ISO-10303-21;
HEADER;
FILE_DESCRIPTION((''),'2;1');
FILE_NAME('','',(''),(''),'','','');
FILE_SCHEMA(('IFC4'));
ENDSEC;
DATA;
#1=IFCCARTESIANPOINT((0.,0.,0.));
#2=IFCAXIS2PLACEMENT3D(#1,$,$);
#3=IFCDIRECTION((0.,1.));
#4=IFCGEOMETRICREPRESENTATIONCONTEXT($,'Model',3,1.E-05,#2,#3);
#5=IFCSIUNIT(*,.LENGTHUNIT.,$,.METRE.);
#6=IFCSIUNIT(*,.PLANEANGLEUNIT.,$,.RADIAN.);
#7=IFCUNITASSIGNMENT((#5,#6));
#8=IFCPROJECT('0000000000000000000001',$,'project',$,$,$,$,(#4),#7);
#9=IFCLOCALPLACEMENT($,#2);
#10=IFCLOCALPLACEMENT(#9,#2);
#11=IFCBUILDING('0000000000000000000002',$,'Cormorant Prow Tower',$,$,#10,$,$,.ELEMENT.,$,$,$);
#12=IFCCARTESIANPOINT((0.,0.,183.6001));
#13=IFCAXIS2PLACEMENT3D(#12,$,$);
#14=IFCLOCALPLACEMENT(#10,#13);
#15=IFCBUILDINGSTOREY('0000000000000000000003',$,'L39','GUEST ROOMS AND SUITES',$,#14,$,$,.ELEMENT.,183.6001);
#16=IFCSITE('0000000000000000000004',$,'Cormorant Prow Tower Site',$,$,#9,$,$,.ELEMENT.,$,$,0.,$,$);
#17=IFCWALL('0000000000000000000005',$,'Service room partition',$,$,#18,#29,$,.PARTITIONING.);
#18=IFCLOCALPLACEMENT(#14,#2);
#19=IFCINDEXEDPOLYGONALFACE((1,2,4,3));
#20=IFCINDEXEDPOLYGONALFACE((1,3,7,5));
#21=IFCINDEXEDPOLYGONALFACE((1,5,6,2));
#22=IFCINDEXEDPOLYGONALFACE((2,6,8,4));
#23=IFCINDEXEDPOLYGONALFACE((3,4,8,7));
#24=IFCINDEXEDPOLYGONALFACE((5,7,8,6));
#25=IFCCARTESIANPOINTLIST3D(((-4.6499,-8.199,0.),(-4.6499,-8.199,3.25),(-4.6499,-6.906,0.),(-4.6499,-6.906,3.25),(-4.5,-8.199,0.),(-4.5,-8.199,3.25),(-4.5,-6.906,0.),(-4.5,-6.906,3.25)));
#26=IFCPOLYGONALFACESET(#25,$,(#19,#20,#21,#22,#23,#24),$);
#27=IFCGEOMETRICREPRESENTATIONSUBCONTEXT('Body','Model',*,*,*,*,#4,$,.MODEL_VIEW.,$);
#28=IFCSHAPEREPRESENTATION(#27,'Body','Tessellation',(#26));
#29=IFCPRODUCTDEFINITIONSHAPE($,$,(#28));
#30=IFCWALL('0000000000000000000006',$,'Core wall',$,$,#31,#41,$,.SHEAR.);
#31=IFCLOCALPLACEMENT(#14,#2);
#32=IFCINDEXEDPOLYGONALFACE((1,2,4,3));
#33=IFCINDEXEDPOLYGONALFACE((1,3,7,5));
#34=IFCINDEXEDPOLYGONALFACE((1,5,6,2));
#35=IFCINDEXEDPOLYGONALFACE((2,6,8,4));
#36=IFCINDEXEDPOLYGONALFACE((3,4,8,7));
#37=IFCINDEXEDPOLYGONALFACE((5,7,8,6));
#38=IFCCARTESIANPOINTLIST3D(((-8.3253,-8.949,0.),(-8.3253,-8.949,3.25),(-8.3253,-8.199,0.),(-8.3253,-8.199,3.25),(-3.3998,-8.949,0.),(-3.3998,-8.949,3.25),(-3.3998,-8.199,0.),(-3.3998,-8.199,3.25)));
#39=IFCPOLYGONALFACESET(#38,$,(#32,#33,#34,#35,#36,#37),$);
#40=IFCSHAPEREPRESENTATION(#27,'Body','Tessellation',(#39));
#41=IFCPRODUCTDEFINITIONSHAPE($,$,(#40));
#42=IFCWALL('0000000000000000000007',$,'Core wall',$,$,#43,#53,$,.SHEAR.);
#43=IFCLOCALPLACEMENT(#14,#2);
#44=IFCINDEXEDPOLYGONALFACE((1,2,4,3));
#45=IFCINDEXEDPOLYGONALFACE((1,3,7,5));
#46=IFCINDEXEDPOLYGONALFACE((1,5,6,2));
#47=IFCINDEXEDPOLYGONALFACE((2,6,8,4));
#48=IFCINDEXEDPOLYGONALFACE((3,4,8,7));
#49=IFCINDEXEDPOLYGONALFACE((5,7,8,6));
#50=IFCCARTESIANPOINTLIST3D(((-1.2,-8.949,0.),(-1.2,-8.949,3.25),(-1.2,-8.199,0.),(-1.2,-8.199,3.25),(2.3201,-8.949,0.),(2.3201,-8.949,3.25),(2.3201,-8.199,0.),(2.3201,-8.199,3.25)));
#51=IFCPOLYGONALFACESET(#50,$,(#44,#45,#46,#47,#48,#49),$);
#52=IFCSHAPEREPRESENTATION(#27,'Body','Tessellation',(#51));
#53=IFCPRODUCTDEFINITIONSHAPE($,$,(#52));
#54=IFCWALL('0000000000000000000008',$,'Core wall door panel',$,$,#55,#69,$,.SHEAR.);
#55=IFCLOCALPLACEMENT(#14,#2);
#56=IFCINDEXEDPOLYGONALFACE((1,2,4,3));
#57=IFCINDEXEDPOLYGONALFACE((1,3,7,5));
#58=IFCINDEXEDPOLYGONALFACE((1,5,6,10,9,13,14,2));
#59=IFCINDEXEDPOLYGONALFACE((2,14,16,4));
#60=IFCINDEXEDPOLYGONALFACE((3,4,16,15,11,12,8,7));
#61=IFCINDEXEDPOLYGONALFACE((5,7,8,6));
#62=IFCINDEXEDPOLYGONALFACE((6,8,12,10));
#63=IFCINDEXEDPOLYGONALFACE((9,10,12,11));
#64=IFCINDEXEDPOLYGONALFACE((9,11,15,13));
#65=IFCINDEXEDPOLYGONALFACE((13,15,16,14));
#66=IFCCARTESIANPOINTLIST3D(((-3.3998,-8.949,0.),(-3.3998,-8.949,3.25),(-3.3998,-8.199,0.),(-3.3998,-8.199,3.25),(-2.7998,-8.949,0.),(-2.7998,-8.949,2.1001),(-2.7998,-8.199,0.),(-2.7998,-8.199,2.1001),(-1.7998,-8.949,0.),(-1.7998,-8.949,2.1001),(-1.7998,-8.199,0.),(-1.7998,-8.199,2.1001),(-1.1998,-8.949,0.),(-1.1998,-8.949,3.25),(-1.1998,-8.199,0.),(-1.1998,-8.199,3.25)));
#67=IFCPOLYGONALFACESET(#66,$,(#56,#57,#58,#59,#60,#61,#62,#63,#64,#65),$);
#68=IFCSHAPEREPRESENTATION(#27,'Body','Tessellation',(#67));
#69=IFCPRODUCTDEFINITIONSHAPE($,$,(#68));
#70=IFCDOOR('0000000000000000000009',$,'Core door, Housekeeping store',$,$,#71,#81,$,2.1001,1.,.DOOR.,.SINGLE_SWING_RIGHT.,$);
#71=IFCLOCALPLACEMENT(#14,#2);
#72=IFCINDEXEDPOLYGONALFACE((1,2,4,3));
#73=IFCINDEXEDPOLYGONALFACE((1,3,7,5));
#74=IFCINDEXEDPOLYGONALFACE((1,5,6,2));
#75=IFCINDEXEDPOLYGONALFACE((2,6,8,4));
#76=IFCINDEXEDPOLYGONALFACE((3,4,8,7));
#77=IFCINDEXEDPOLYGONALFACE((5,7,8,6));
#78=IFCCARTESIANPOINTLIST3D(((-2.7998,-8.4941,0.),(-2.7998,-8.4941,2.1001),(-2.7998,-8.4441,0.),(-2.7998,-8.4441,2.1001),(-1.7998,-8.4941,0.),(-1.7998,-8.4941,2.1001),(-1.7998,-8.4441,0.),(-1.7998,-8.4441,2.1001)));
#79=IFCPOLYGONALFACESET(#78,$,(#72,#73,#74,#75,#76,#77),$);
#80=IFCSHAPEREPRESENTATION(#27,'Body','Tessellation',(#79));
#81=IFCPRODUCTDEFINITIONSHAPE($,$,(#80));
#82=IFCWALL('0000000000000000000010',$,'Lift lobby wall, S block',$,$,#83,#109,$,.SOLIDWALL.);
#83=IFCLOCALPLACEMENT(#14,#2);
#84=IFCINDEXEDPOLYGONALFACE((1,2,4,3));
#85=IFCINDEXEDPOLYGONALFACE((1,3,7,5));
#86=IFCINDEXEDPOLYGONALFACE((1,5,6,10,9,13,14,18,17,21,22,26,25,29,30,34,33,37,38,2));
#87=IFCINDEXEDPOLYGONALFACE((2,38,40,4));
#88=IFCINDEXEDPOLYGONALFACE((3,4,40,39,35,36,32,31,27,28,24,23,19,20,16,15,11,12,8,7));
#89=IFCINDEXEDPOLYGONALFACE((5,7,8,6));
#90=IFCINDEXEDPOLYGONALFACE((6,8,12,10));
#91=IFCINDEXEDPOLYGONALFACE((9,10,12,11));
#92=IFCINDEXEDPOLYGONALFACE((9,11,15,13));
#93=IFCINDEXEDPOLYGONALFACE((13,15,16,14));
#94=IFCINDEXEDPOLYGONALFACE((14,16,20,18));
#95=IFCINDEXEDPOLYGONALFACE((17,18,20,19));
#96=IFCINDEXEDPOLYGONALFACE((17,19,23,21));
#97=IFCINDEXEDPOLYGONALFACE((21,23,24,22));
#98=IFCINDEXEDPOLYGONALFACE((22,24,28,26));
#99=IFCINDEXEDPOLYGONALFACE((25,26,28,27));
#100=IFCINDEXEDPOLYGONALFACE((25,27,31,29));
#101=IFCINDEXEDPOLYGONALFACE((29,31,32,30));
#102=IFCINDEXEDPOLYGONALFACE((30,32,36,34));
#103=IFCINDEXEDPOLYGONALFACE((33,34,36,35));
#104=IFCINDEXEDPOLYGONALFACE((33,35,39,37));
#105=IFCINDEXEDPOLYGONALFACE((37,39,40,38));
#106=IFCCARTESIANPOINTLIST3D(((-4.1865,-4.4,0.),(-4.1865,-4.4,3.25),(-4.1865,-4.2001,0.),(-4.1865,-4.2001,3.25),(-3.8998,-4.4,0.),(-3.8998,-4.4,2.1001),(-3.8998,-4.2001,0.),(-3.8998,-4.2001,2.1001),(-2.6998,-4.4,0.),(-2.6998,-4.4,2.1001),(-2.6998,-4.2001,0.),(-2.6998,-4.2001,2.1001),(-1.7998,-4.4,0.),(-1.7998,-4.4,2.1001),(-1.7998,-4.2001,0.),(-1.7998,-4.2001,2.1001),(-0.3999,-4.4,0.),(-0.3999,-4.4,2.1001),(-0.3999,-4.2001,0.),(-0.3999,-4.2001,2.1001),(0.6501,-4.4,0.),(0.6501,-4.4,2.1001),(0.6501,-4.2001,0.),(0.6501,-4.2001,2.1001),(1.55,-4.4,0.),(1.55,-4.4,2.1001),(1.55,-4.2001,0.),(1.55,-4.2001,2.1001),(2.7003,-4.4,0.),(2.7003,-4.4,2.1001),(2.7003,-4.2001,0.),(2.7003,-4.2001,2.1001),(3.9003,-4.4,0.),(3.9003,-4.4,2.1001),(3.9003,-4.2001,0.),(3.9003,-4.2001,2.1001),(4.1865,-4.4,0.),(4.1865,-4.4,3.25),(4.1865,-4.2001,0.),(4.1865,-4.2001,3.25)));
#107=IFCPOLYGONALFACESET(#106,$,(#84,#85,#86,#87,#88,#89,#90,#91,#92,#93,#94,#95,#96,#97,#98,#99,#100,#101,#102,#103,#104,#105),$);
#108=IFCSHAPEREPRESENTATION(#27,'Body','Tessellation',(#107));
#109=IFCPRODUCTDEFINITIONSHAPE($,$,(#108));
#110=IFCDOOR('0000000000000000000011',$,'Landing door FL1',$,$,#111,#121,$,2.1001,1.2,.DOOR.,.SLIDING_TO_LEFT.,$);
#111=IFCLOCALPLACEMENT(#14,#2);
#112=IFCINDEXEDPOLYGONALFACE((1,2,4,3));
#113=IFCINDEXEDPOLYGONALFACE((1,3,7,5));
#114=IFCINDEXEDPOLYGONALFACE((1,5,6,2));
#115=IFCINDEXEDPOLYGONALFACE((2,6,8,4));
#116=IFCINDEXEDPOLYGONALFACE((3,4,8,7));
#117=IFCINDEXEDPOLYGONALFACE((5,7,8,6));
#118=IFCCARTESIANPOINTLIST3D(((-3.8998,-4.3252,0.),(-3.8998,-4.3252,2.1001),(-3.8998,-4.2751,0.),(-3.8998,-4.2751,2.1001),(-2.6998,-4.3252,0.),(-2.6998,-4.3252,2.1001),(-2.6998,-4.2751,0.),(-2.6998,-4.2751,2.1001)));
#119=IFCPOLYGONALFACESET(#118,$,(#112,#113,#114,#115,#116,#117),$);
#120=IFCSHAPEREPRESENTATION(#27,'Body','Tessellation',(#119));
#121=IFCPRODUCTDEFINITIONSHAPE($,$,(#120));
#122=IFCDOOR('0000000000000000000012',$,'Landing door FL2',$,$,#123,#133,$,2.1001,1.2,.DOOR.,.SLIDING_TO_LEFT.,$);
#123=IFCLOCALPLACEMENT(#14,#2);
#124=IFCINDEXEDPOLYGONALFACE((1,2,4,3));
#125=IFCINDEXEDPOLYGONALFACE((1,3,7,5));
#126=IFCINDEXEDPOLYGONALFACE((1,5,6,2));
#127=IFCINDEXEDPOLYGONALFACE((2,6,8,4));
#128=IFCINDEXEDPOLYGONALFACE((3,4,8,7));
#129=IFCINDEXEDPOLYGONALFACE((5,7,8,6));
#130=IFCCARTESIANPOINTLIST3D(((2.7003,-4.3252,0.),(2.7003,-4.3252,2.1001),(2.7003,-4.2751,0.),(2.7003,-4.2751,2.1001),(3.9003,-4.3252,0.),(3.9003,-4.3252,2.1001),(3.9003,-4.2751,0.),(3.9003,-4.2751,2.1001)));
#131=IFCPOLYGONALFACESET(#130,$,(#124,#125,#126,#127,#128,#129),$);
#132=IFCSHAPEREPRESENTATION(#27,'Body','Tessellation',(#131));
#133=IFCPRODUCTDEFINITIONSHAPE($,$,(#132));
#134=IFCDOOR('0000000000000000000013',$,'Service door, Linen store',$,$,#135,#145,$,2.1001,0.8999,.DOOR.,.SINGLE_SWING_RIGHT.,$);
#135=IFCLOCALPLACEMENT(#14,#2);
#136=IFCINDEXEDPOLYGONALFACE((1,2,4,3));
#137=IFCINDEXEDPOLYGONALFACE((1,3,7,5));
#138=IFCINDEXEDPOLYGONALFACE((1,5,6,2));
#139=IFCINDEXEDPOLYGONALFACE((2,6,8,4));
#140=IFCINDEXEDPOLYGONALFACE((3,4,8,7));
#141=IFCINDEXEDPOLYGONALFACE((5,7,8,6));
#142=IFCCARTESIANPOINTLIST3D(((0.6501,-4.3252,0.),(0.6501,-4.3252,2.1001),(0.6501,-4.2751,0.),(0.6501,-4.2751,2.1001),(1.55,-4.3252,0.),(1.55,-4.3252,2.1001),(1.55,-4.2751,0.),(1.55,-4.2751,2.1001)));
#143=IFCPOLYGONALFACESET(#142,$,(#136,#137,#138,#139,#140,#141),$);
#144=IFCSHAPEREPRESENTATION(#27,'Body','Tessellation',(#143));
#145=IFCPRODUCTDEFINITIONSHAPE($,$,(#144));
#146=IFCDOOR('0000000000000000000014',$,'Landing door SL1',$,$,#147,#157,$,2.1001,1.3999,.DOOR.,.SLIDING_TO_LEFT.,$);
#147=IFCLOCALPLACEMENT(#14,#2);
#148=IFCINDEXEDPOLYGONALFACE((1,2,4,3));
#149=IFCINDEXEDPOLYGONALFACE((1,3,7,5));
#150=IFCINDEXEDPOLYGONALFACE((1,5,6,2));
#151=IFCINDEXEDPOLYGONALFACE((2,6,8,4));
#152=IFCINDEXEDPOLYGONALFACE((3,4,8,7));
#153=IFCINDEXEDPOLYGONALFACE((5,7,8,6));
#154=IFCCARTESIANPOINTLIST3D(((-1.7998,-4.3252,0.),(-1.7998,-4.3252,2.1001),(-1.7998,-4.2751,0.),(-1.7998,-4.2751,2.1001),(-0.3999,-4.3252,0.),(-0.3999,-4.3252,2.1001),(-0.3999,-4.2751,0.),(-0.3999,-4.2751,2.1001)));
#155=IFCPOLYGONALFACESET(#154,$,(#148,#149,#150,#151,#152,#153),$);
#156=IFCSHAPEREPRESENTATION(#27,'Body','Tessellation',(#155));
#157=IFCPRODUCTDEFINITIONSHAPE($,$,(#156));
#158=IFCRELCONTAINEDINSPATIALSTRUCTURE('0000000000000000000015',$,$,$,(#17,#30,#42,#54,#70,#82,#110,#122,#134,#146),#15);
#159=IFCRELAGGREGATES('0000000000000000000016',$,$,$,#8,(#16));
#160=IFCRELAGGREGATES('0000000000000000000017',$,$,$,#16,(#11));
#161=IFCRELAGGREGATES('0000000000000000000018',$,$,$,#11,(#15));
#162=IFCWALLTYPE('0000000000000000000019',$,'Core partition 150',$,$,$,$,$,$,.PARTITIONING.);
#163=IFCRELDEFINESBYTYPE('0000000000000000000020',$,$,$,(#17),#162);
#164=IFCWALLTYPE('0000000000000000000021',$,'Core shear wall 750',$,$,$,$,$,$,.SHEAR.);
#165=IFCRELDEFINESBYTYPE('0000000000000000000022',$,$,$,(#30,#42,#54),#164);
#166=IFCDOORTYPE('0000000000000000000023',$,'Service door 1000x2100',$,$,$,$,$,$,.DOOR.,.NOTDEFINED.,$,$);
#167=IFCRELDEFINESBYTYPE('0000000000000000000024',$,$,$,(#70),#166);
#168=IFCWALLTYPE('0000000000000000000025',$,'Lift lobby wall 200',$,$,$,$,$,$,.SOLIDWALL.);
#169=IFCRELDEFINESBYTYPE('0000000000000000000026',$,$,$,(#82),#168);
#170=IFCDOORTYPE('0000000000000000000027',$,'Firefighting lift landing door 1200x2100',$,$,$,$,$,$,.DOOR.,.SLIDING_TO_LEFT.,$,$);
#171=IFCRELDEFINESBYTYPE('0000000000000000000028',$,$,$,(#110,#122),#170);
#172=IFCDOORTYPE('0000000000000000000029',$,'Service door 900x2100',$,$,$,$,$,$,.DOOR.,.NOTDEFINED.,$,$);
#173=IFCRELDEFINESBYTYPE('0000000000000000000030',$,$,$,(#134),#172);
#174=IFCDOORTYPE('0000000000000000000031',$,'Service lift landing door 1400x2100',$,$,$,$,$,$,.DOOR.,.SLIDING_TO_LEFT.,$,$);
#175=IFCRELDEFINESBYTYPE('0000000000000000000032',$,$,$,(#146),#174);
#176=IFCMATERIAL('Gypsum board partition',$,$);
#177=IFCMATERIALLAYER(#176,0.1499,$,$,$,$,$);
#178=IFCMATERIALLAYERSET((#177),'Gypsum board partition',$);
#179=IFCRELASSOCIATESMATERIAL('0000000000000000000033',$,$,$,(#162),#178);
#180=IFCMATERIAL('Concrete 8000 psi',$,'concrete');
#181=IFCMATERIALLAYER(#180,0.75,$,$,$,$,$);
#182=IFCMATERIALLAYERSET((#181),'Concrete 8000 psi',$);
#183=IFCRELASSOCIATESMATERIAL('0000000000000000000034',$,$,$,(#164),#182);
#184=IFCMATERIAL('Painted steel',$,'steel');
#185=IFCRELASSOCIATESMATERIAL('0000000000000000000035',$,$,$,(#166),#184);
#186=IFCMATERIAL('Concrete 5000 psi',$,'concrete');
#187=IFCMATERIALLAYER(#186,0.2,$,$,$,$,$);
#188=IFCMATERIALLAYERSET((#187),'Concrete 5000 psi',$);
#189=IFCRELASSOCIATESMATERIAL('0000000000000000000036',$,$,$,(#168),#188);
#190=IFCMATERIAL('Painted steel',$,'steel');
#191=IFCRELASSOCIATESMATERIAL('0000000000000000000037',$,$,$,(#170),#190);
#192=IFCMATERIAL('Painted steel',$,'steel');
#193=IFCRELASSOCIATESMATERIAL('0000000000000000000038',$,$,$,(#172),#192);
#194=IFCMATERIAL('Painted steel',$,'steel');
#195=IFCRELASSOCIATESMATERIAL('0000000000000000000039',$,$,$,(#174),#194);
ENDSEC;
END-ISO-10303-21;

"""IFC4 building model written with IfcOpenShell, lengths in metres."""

from ifc_helpers import new_model, si_unit, direction, frame, frame_2d, origin, place, context, subcontext, project, spatial, rectangle, extrude, material, layer, layer_set, type_object, element, fill, save


model = new_model("IFC4")

# Units and contexts
model_context = context("Model", 3, precision=1e-05, world=origin(), true_north=direction((0.0, 1.0)))
body_context = subcontext(model_context, "Body", "Model", "MODEL_VIEW")
ifc_project = project(units=[si_unit("LENGTHUNIT", "METRE"), si_unit("PLANEANGLEUNIT", "RADIAN")], contexts=[model_context])

# Site, building, storey
site_placement = place(None, origin())
site = spatial("IfcSite", under=ifc_project, at=site_placement, Name="Cormorant Prow Tower Site", CompositionType="ELEMENT", RefElevation=0.0)
building_placement = place(site_placement, origin())
building = spatial("IfcBuilding", under=site, at=building_placement, Name="Cormorant Prow Tower", CompositionType="ELEMENT")
storey_placement = place(building_placement, frame((0.0, 0.0, 183.6001)))
storey = spatial("IfcBuildingStorey", under=building, at=storey_placement, Name="L39", Description="GUEST ROOMS AND SUITES", CompositionType="ELEMENT", Elevation=183.6001)

# Walls
ifc_material_1 = material(Name="Gypsum board partition")
ifc_layer_1 = layer(ifc_material_1, 0.1499)
ifc_layer_set_1 = layer_set([ifc_layer_1], Name="Gypsum board partition")
wall_type_1 = type_object("IfcWallType", Name="Core partition 150", PredefinedType="PARTITIONING", material=ifc_layer_set_1)
wall_1_placement = place(storey_placement, frame((-4.575, -6.906, 0.0), z_axis=(0.0, 0.0, 1.0), x_axis=(0.0, -1.0, 0.0)))
element("IfcWall", 1, at=wall_1_placement, inside=storey, type_object=wall_type_1, Name="Service room partition", PredefinedType="PARTITIONING", context=body_context, shape_type="SweptSolid", body=[
    extrude(rectangle(XDim=1.293, YDim=0.1499, at=frame_2d((0.6465, 0.0))), origin(), (0.0, 0.0, 1.0), 3.25),
])
ifc_material_2 = material(Name="Concrete 8000 psi", Category="concrete")
ifc_layer_2 = layer(ifc_material_2, 0.75)
ifc_layer_set_2 = layer_set([ifc_layer_2], Name="Concrete 8000 psi")
wall_type_2 = type_object("IfcWallType", Name="Core shear wall 750", PredefinedType="SHEAR", material=ifc_layer_set_2)
wall_2_placement = place(storey_placement, frame((-8.3254, -8.574, 0.0), z_axis=(0.0, 0.0, 1.0), x_axis=(1.0, 0.0, 0.0)))
element("IfcWall", 2, at=wall_2_placement, inside=storey, type_object=wall_type_2, Name="Core wall", PredefinedType="SHEAR", context=body_context, shape_type="SweptSolid", body=[
    extrude(rectangle(XDim=4.9255, YDim=0.75, at=frame_2d((2.4629, 0.0))), origin(), (0.0, 0.0, 1.0), 3.25),
])
wall_3_placement = place(storey_placement, frame((-1.2, -8.574, 0.0), z_axis=(0.0, 0.0, 1.0), x_axis=(1.0, 0.0, 0.0)))
element("IfcWall", 3, at=wall_3_placement, inside=storey, type_object=wall_type_2, Name="Core wall", PredefinedType="SHEAR", context=body_context, shape_type="SweptSolid", body=[
    extrude(rectangle(XDim=3.52, YDim=0.75, at=frame_2d((1.76, 0.0))), origin(), (0.0, 0.0, 1.0), 3.25),
])

# Wall, opening, door
wall_4_placement = place(storey_placement, frame((-3.3999, -8.574, 0.0), z_axis=(0.0, 0.0, 1.0), x_axis=(1.0, 0.0, 0.0)))
wall_4 = element("IfcWall", 4, at=wall_4_placement, inside=storey, type_object=wall_type_2, Name="Core wall door panel", PredefinedType="SHEAR", context=body_context, shape_type="SweptSolid", body=[
    extrude(rectangle(XDim=2.2, YDim=0.75, at=frame_2d((1.1001, 0.0))), origin(), (0.0, 0.0, 1.0), 3.25),
])
opening_1_placement = place(wall_4_placement, frame((0.6001, 0.0, 0.0)))
opening_1 = element("IfcOpeningElement", 5, at=opening_1_placement, cuts=wall_4, PredefinedType="OPENING", context=body_context, shape_type="SweptSolid", body=[
    extrude(rectangle(XDim=1.0, YDim=2.1001, at=frame_2d((0.5, 1.05))), frame((0.0, 0.385, 0.0), z_axis=(0.0, -1.0, 0.0), x_axis=(1.0, 0.0, 0.0)), (0.0, 0.0, 1.0), 0.77),
])
ifc_material_3 = material(Name="Painted steel", Category="steel")
door_type_1 = type_object("IfcDoorType", Name="Service door 1000x2100", OperationType="NOTDEFINED", PredefinedType="DOOR", material=ifc_material_3)
door_1_placement = place(opening_1_placement, origin())
door_1 = element("IfcDoor", 6, at=door_1_placement, inside=storey, type_object=door_type_1, Name="Core door, Housekeeping store", OperationType="SINGLE_SWING_RIGHT", OverallHeight=2.1001, OverallWidth=1.0, PredefinedType="DOOR", context=body_context, shape_type="SweptSolid", body=[
    extrude(rectangle(XDim=1.0, YDim=2.1001, at=frame_2d((0.5, 1.05))), frame((0.0, 0.1299, 0.0), z_axis=(0.0, -1.0, 0.0), x_axis=(1.0, 0.0, 0.0)), (0.0, 0.0, 1.0), 0.05),
])
fill(opening_1, door_1)

# Wall, openings, doors
ifc_material_4 = material(Name="Concrete 5000 psi", Category="concrete")
ifc_layer_3 = layer(ifc_material_4, 0.2)
ifc_layer_set_3 = layer_set([ifc_layer_3], Name="Concrete 5000 psi")
wall_type_3 = type_object("IfcWallType", Name="Lift lobby wall 200", PredefinedType="SOLIDWALL", material=ifc_layer_set_3)
wall_5_placement = place(storey_placement, frame((-4.1865, -4.3, 0.0), z_axis=(0.0, 0.0, 1.0), x_axis=(1.0, 0.0, 0.0)))
wall_5 = element("IfcWall", 7, at=wall_5_placement, inside=storey, type_object=wall_type_3, Name="Lift lobby wall, S block", PredefinedType="SOLIDWALL", context=body_context, shape_type="SweptSolid", body=[
    extrude(rectangle(XDim=8.373, YDim=0.2, at=frame_2d((4.1865, 0.0))), origin(), (0.0, 0.0, 1.0), 3.25),
])
opening_2_placement = place(wall_5_placement, frame((0.2866, 0.0, 0.0)))
opening_2 = element("IfcOpeningElement", 8, at=opening_2_placement, cuts=wall_5, PredefinedType="OPENING", context=body_context, shape_type="SweptSolid", body=[
    extrude(rectangle(XDim=1.2, YDim=2.1001, at=frame_2d((0.6001, 1.05))), frame((0.0, 0.1099, 0.0), z_axis=(0.0, -1.0, 0.0), x_axis=(1.0, 0.0, 0.0)), (0.0, 0.0, 1.0), 0.22),
])
opening_3_placement = place(wall_5_placement, frame((2.3867, 0.0, 0.0)))
opening_3 = element("IfcOpeningElement", 9, at=opening_3_placement, cuts=wall_5, PredefinedType="OPENING", context=body_context, shape_type="SweptSolid", body=[
    extrude(rectangle(XDim=1.3999, YDim=2.1001, at=frame_2d((0.7, 1.05))), frame((0.0, 0.1099, 0.0), z_axis=(0.0, -1.0, 0.0), x_axis=(1.0, 0.0, 0.0)), (0.0, 0.0, 1.0), 0.22),
])
opening_4_placement = place(wall_5_placement, frame((4.8367, 0.0, 0.0)))
opening_4 = element("IfcOpeningElement", 10, at=opening_4_placement, cuts=wall_5, PredefinedType="OPENING", context=body_context, shape_type="SweptSolid", body=[
    extrude(rectangle(XDim=0.8999, YDim=2.1001, at=frame_2d((0.45, 1.05))), frame((0.0, 0.1099, 0.0), z_axis=(0.0, -1.0, 0.0), x_axis=(1.0, 0.0, 0.0)), (0.0, 0.0, 1.0), 0.22),
])
opening_5_placement = place(wall_5_placement, frame((6.8867, 0.0, 0.0)))
opening_5 = element("IfcOpeningElement", 11, at=opening_5_placement, cuts=wall_5, PredefinedType="OPENING", context=body_context, shape_type="SweptSolid", body=[
    extrude(rectangle(XDim=1.2, YDim=2.1001, at=frame_2d((0.6001, 1.05))), frame((0.0, 0.1099, 0.0), z_axis=(0.0, -1.0, 0.0), x_axis=(1.0, 0.0, 0.0)), (0.0, 0.0, 1.0), 0.22),
])
ifc_material_5 = material(Name="Painted steel", Category="steel")
door_type_2 = type_object("IfcDoorType", Name="Firefighting lift landing door 1200x2100", OperationType="SLIDING_TO_LEFT", PredefinedType="DOOR", material=ifc_material_5)
door_2_placement = place(opening_2_placement, origin())
door_2 = element("IfcDoor", 12, at=door_2_placement, inside=storey, type_object=door_type_2, Name="Landing door FL1", OperationType="SLIDING_TO_LEFT", OverallHeight=2.1001, OverallWidth=1.2, PredefinedType="DOOR", context=body_context, shape_type="SweptSolid", body=[
    extrude(rectangle(XDim=1.2, YDim=2.1001, at=frame_2d((0.6001, 1.05))), frame((0.0, 0.0249, 0.0), z_axis=(0.0, -1.0, 0.0), x_axis=(1.0, 0.0, 0.0)), (0.0, 0.0, 1.0), 0.05),
])
fill(opening_2, door_2)
door_3_placement = place(opening_5_placement, origin())
door_3 = element("IfcDoor", 13, at=door_3_placement, inside=storey, type_object=door_type_2, Name="Landing door FL2", OperationType="SLIDING_TO_LEFT", OverallHeight=2.1001, OverallWidth=1.2, PredefinedType="DOOR", context=body_context, shape_type="SweptSolid", body=[
    extrude(rectangle(XDim=1.2, YDim=2.1001, at=frame_2d((0.6001, 1.05))), frame((0.0, 0.0249, 0.0), z_axis=(0.0, -1.0, 0.0), x_axis=(1.0, 0.0, 0.0)), (0.0, 0.0, 1.0), 0.05),
])
fill(opening_5, door_3)
ifc_material_6 = material(Name="Painted steel", Category="steel")
door_type_3 = type_object("IfcDoorType", Name="Service door 900x2100", OperationType="NOTDEFINED", PredefinedType="DOOR", material=ifc_material_6)
door_4_placement = place(opening_4_placement, origin())
door_4 = element("IfcDoor", 14, at=door_4_placement, inside=storey, type_object=door_type_3, Name="Service door, Linen store", OperationType="SINGLE_SWING_RIGHT", OverallHeight=2.1001, OverallWidth=0.8999, PredefinedType="DOOR", context=body_context, shape_type="SweptSolid", body=[
    extrude(rectangle(XDim=0.8999, YDim=2.1001, at=frame_2d((0.45, 1.05))), frame((0.0, 0.0249, 0.0), z_axis=(0.0, -1.0, 0.0), x_axis=(1.0, 0.0, 0.0)), (0.0, 0.0, 1.0), 0.05),
])
fill(opening_4, door_4)
ifc_material_7 = material(Name="Painted steel", Category="steel")
door_type_4 = type_object("IfcDoorType", Name="Service lift landing door 1400x2100", OperationType="SLIDING_TO_LEFT", PredefinedType="DOOR", material=ifc_material_7)
door_5_placement = place(opening_3_placement, origin())
door_5 = element("IfcDoor", 15, at=door_5_placement, inside=storey, type_object=door_type_4, Name="Landing door SL1", OperationType="SLIDING_TO_LEFT", OverallHeight=2.1001, OverallWidth=1.3999, PredefinedType="DOOR", context=body_context, shape_type="SweptSolid", body=[
    extrude(rectangle(XDim=1.3999, YDim=2.1001, at=frame_2d((0.7, 1.05))), frame((0.0, 0.0249, 0.0), z_axis=(0.0, -1.0, 0.0), x_axis=(1.0, 0.0, 0.0)), (0.0, 0.0, 1.0), 0.05),
])
fill(opening_3, door_5)

save(model, "model.ifc")
